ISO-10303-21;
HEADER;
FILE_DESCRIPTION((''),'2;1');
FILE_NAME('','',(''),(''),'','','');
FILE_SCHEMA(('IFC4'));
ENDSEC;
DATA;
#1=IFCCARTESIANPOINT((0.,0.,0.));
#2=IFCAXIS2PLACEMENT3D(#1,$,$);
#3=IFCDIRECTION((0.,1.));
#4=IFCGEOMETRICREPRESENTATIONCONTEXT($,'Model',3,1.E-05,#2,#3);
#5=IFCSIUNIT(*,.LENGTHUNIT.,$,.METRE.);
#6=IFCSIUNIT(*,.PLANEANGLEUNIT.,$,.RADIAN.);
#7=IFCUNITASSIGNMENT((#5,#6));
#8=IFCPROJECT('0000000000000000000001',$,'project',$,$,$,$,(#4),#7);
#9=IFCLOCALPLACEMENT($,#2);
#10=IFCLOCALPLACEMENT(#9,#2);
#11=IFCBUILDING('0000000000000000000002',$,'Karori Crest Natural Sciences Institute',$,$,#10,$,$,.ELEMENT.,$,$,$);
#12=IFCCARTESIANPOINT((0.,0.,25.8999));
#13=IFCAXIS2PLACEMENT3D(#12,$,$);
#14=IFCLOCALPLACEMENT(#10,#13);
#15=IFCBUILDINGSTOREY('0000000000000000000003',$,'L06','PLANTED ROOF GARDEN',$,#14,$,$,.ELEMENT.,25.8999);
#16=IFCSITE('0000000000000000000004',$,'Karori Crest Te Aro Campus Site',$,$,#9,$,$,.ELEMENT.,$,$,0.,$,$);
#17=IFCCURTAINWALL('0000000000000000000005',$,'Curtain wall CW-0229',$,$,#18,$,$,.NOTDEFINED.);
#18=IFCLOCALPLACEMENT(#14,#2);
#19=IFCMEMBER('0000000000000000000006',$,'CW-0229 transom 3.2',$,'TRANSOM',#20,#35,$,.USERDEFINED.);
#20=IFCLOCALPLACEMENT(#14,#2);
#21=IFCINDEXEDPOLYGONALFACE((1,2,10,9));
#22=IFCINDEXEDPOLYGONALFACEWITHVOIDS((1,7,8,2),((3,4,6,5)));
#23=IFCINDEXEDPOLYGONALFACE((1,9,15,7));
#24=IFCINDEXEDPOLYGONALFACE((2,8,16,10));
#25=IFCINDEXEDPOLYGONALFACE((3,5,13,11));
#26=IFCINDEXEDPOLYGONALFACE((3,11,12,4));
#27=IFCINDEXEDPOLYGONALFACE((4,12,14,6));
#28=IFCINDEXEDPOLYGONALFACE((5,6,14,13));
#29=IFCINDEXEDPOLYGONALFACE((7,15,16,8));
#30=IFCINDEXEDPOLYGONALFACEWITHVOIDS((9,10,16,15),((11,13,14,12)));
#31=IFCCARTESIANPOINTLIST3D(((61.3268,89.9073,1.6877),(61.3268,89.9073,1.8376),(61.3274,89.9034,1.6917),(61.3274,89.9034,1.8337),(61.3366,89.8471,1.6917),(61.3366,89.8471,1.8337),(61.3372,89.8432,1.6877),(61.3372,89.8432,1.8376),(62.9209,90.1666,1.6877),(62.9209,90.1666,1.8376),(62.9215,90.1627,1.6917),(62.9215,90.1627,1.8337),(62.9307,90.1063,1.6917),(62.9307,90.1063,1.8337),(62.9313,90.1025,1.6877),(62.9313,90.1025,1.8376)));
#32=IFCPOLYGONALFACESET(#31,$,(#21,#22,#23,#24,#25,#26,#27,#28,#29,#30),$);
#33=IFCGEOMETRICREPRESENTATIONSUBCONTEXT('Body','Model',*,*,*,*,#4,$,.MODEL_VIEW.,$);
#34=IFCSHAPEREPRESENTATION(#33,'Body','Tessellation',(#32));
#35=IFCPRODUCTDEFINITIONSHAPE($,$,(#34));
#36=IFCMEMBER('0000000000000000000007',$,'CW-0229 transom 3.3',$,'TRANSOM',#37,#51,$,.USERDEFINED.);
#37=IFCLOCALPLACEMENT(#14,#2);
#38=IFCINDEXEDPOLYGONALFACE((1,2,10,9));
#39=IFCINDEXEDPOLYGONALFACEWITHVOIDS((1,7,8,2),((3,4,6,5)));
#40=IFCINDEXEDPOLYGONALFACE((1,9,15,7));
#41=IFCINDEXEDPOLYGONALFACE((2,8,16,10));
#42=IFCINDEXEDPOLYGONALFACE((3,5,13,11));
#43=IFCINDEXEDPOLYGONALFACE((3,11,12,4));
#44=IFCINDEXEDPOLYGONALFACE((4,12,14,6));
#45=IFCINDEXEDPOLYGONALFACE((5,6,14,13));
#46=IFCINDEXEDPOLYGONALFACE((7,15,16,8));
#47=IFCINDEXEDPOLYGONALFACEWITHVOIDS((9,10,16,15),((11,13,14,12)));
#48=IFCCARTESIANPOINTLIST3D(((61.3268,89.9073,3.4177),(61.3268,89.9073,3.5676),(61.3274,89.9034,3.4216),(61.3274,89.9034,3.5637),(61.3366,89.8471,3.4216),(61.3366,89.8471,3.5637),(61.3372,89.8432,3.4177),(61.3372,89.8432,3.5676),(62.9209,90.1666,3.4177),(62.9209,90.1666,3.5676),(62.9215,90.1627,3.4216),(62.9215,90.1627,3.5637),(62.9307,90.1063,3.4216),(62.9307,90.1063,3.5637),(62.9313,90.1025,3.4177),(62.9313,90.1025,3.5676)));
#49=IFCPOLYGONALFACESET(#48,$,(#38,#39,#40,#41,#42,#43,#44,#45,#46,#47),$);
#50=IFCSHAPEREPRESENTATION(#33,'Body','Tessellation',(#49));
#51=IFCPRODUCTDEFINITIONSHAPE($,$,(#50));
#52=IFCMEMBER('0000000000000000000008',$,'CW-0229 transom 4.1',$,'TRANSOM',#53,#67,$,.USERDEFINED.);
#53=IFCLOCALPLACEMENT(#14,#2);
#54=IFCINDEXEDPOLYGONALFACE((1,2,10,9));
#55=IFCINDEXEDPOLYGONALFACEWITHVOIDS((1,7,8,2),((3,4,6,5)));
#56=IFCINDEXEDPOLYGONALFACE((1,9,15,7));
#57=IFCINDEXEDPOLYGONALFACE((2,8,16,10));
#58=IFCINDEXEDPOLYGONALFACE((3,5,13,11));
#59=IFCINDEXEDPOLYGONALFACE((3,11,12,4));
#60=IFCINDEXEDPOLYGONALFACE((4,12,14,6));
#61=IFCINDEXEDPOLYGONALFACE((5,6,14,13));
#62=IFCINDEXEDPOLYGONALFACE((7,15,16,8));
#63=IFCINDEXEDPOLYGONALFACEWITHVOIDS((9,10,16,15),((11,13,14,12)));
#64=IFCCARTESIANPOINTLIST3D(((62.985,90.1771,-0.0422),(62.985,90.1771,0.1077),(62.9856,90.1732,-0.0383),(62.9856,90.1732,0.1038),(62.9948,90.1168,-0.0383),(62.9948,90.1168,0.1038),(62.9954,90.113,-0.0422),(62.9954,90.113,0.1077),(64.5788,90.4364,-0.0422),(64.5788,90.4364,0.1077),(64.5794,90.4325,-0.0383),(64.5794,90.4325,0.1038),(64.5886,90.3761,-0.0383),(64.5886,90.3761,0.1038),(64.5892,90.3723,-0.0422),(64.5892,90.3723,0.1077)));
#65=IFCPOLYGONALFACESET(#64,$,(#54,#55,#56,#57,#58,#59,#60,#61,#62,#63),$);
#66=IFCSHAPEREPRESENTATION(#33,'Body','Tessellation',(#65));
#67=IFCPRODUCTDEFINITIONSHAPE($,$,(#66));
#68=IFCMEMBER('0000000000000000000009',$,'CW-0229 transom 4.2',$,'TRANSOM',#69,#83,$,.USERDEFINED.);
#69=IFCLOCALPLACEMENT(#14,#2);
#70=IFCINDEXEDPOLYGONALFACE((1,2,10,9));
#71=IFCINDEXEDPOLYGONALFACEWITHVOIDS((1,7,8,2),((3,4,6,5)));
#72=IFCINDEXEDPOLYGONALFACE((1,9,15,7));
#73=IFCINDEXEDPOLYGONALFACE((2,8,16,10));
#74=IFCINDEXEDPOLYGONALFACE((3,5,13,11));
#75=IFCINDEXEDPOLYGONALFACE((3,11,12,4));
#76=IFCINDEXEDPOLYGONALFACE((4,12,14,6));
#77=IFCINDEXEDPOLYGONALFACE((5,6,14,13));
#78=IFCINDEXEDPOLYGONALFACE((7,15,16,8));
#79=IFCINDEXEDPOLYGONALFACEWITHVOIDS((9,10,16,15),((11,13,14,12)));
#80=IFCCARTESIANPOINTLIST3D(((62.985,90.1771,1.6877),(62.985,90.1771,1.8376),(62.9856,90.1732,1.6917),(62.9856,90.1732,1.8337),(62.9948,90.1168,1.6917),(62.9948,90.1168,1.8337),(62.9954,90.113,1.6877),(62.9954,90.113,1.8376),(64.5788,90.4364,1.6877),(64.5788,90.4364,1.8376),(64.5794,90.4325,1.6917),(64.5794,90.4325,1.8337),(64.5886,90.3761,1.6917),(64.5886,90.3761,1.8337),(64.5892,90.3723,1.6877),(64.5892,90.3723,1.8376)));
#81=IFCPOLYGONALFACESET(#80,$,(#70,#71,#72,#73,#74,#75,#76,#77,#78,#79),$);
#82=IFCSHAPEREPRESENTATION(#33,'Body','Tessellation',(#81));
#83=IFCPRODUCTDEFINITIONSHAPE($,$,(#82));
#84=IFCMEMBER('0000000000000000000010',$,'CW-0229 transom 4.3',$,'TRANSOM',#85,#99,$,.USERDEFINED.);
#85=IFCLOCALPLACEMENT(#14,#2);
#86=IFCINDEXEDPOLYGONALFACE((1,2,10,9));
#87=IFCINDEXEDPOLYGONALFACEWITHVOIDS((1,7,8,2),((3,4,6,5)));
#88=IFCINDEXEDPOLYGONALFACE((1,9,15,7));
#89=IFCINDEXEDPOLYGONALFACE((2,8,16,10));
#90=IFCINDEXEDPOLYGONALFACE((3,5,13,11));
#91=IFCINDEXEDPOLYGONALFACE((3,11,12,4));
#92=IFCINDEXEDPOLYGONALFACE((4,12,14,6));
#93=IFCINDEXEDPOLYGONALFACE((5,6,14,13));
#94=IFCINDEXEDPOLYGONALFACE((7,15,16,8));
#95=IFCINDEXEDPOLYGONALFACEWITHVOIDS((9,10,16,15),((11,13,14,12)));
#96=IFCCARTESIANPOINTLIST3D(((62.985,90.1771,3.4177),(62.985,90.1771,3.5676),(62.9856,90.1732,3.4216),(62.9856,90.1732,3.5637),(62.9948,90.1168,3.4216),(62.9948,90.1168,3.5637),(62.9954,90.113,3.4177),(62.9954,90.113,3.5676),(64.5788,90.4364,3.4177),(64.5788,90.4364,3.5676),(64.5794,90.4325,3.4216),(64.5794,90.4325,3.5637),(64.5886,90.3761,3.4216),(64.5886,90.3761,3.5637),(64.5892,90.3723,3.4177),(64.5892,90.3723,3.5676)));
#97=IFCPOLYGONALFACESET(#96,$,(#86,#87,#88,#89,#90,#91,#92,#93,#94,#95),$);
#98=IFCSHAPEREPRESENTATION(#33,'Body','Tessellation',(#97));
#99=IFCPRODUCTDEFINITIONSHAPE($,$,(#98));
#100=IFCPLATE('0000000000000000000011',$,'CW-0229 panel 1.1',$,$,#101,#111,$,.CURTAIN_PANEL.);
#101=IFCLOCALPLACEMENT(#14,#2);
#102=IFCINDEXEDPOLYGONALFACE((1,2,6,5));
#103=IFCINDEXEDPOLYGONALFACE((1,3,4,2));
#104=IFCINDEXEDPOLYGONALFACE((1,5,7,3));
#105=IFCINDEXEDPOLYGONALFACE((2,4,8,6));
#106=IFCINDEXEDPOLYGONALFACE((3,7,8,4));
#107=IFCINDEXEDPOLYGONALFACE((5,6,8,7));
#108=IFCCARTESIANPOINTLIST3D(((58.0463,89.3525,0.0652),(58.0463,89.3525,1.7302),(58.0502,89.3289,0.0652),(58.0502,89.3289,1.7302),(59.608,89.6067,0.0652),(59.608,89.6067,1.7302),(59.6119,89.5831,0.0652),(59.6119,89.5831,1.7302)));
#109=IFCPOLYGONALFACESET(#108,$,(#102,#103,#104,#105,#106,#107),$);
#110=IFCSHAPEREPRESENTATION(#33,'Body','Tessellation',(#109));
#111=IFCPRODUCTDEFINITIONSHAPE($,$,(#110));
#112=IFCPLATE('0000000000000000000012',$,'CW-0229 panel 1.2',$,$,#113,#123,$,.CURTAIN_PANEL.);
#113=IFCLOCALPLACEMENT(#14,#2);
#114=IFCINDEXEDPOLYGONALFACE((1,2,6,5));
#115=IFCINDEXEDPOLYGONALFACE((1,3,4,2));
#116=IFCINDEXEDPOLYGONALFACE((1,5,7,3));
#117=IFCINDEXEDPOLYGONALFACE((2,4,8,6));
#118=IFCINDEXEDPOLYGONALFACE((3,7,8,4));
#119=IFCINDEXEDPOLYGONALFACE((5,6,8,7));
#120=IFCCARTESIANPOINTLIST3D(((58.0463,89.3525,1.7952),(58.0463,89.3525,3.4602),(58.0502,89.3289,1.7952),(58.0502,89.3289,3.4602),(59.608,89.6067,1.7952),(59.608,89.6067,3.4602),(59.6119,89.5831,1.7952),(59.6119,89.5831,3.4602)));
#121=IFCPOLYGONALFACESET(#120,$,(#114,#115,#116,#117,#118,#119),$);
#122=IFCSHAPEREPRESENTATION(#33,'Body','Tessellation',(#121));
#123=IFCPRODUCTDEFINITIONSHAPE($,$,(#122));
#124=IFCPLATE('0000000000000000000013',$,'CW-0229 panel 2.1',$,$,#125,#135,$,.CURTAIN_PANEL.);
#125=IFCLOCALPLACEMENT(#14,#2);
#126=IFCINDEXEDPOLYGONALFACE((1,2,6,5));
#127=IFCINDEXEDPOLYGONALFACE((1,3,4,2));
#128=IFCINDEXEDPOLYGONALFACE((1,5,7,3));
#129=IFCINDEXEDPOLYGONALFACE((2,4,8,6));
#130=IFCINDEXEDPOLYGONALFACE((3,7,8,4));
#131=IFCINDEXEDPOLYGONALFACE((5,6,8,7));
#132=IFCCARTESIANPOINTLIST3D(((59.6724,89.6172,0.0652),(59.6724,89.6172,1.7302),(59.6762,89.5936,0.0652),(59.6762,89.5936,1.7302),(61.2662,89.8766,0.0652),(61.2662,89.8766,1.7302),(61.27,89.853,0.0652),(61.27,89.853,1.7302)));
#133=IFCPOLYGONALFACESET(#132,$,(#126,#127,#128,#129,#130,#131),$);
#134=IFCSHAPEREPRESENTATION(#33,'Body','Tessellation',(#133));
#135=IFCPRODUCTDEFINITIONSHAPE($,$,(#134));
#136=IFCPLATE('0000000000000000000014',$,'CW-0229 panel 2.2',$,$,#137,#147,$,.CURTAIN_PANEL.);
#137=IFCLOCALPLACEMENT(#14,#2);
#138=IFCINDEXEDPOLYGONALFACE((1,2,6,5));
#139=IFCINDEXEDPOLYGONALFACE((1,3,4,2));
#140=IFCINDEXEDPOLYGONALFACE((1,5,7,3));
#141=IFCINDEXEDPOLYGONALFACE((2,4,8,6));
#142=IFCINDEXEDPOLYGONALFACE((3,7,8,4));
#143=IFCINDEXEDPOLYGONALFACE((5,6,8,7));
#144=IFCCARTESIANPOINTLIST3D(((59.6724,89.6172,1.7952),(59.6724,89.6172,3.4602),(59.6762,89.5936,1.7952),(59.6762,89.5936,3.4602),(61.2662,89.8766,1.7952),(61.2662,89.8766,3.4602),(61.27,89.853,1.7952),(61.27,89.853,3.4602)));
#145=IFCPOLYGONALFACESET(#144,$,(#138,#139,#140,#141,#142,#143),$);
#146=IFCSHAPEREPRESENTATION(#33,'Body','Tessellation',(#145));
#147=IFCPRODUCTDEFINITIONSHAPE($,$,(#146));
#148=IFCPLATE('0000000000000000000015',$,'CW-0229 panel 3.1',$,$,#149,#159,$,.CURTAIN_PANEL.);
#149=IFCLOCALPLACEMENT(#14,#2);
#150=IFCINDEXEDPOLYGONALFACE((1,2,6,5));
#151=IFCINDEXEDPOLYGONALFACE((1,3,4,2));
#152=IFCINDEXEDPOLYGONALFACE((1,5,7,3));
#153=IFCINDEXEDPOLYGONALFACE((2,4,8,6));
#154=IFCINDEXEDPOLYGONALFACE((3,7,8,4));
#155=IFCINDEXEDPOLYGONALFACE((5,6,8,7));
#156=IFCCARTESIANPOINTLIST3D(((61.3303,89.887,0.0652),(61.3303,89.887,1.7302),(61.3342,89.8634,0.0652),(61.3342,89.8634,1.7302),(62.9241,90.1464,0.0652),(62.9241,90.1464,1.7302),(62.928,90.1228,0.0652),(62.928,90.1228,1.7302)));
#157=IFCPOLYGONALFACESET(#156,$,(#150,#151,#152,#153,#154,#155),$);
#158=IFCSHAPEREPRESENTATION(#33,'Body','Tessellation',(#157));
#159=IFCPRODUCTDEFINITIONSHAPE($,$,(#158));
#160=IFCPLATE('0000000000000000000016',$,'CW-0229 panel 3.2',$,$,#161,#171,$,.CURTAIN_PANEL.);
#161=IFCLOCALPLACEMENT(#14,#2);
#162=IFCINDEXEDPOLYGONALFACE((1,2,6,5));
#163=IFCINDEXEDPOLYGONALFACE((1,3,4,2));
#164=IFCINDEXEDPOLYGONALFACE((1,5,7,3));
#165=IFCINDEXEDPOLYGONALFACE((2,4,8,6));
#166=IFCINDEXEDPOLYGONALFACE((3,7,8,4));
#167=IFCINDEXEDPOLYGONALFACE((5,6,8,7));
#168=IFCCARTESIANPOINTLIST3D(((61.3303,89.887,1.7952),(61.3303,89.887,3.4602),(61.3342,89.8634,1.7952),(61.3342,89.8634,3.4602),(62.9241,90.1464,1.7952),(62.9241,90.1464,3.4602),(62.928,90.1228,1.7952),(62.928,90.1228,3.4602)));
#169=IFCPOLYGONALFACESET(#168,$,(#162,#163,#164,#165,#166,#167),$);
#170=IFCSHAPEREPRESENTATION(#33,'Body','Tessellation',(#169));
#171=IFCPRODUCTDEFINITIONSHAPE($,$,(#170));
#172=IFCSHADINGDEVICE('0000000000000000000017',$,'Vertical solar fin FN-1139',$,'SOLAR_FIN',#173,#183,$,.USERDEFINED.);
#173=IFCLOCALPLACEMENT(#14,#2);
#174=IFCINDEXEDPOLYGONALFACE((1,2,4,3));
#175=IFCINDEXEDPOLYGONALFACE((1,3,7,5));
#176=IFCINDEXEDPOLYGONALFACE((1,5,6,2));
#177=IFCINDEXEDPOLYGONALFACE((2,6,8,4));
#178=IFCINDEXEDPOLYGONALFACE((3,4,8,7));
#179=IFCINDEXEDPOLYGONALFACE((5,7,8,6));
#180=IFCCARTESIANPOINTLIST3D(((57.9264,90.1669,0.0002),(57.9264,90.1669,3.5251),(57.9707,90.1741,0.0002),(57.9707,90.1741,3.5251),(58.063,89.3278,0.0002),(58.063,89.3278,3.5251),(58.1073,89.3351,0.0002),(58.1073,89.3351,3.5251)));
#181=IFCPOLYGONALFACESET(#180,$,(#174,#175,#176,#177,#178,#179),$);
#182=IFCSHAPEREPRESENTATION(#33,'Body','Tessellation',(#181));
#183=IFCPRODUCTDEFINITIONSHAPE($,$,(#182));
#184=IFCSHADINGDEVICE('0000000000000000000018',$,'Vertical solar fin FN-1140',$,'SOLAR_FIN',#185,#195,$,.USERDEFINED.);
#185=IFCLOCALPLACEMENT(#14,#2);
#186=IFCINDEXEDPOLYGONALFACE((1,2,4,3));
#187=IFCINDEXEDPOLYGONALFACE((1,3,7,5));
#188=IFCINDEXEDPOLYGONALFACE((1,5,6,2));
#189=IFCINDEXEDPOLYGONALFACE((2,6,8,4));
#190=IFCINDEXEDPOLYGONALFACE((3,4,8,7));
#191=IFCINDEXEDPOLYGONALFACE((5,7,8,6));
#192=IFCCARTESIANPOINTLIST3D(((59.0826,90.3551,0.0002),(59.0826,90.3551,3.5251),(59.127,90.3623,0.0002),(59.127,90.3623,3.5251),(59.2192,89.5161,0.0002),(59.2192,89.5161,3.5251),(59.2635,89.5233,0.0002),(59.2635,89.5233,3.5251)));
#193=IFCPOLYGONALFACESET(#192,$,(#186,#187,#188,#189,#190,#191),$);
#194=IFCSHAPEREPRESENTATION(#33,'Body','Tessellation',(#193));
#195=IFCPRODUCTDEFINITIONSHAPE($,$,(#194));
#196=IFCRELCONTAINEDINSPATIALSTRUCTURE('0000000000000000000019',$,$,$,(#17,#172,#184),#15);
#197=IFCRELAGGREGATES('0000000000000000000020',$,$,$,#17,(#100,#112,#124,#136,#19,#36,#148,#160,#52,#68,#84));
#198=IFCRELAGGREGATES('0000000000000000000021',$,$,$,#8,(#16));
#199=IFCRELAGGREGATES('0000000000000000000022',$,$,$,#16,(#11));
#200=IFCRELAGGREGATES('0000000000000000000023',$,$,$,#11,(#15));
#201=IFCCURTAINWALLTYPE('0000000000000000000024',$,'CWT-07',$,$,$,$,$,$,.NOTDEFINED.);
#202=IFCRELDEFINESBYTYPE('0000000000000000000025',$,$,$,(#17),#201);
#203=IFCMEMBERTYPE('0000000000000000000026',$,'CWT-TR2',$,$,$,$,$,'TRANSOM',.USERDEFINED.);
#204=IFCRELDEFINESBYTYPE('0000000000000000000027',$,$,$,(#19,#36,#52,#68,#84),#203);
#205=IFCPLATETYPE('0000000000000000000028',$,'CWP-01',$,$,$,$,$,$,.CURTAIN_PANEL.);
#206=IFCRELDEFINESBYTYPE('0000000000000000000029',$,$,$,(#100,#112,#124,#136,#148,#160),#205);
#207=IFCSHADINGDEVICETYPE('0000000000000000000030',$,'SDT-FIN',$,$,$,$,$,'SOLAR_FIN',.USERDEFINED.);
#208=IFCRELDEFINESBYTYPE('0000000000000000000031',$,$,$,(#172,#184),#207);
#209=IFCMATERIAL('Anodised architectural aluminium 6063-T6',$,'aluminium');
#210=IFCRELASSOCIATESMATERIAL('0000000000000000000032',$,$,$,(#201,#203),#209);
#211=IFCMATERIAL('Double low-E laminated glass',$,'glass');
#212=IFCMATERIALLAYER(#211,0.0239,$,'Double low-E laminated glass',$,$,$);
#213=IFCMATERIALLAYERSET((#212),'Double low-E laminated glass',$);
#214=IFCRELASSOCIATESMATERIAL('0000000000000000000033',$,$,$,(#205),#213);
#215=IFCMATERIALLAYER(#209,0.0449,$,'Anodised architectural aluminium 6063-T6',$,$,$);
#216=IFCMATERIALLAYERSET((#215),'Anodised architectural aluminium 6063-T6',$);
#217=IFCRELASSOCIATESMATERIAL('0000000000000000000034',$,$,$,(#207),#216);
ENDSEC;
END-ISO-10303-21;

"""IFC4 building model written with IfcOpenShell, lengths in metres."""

from ifc_helpers import new_model, si_unit, direction, frame, origin, origin_2d, place, context, subcontext, project, spatial, rectangle, hollow_rectangle, extrude, material, layer, layer_set, material_profile, profile_set, type_object, element, aggregate, save


model = new_model("IFC4")

# Units and contexts
model_context = context("Model", 3, precision=1e-05, world=origin(), true_north=direction((0.0, 1.0)))
body_context = subcontext(model_context, "Body", "Model", "MODEL_VIEW")
ifc_project = project(units=[si_unit("LENGTHUNIT", "METRE"), si_unit("PLANEANGLEUNIT", "RADIAN")], contexts=[model_context])

# Site, building, storey
site_placement = place(None, origin())
site = spatial("IfcSite", under=ifc_project, at=site_placement, Name="Karori Crest Te Aro Campus Site", CompositionType="ELEMENT", RefElevation=0.0)
building_placement = place(site_placement, origin())
building = spatial("IfcBuilding", under=site, at=building_placement, Name="Karori Crest Natural Sciences Institute", CompositionType="ELEMENT")
storey_placement = place(building_placement, frame((0.0, 0.0, 25.8999)))
storey = spatial("IfcBuildingStorey", under=building, at=storey_placement, Name="L06", Description="PLANTED ROOF GARDEN", CompositionType="ELEMENT", Elevation=25.8999)

# Curtain wall, members, plates
ifc_material_1 = material(Name="Anodised architectural aluminium 6063-T6", Category="aluminium")
curtain_wall_type = type_object("IfcCurtainWallType", Name="CWT-07", PredefinedType="NOTDEFINED", material=ifc_material_1)
curtain_wall_placement = place(storey_placement, origin())
curtain_wall = element("IfcCurtainWall", 1, at=curtain_wall_placement, inside=storey, type_object=curtain_wall_type, Name="Curtain wall CW-0229", PredefinedType="NOTDEFINED")
ifc_material_profile_1 = material_profile(ifc_material_1, hollow_rectangle(XDim=0.0649, YDim=0.1499, WallThickness=0.0039, at=origin_2d()), Name="CWT150x65x4")
ifc_profile_set_1 = profile_set([ifc_material_profile_1], Name="Anodised architectural aluminium 6063-T6")
member_type_1 = type_object("IfcMemberType", Name="CWT-TR2", ElementType="TRANSOM", PredefinedType="USERDEFINED", material=ifc_profile_set_1)
member_1_placement = place(storey_placement, frame((61.332, 89.8752, 1.7627), z_axis=(0.987028, 0.160549, 0.0), x_axis=(-0.160549, 0.987028, 0.0)))
member_1 = element("IfcMember", 2, at=member_1_placement, type_object=member_type_1, Name="CW-0229 transom 3.2", ObjectType="TRANSOM", PredefinedType="USERDEFINED", context=body_context, shape_type="SweptSolid", body=[
    extrude(hollow_rectangle(XDim=0.0649, YDim=0.1499, WallThickness=0.0039, at=origin_2d()), origin(), (0.0, 0.0, 1.0), 1.615),
])
member_2_placement = place(storey_placement, frame((61.332, 89.8752, 3.4927), z_axis=(0.987028, 0.160549, 0.0), x_axis=(-0.160549, 0.987028, 0.0)))
member_2 = element("IfcMember", 3, at=member_2_placement, type_object=member_type_1, Name="CW-0229 transom 3.3", ObjectType="TRANSOM", PredefinedType="USERDEFINED", context=body_context, shape_type="SweptSolid", body=[
    extrude(hollow_rectangle(XDim=0.0649, YDim=0.1499, WallThickness=0.0039, at=origin_2d()), origin(), (0.0, 0.0, 1.0), 1.615),
])
member_3_placement = place(storey_placement, frame((62.9902, 90.145, 0.0327), z_axis=(0.987024, 0.160573, 0.0), x_axis=(-0.160573, 0.987024, 0.0)))
member_3 = element("IfcMember", 4, at=member_3_placement, type_object=member_type_1, Name="CW-0229 transom 4.1", ObjectType="TRANSOM", PredefinedType="USERDEFINED", context=body_context, shape_type="SweptSolid", body=[
    extrude(hollow_rectangle(XDim=0.0649, YDim=0.1499, WallThickness=0.0039, at=origin_2d()), origin(), (0.0, 0.0, 1.0), 1.6147),
])
member_4_placement = place(storey_placement, frame((62.9902, 90.145, 1.7627), z_axis=(0.987024, 0.160573, 0.0), x_axis=(-0.160573, 0.987024, 0.0)))
member_4 = element("IfcMember", 5, at=member_4_placement, type_object=member_type_1, Name="CW-0229 transom 4.2", ObjectType="TRANSOM", PredefinedType="USERDEFINED", context=body_context, shape_type="SweptSolid", body=[
    extrude(hollow_rectangle(XDim=0.0649, YDim=0.1499, WallThickness=0.0039, at=origin_2d()), origin(), (0.0, 0.0, 1.0), 1.6147),
])
member_5_placement = place(storey_placement, frame((62.9902, 90.145, 3.4927), z_axis=(0.987024, 0.160573, 0.0), x_axis=(-0.160573, 0.987024, 0.0)))
member_5 = element("IfcMember", 6, at=member_5_placement, type_object=member_type_1, Name="CW-0229 transom 4.3", ObjectType="TRANSOM", PredefinedType="USERDEFINED", context=body_context, shape_type="SweptSolid", body=[
    extrude(hollow_rectangle(XDim=0.0649, YDim=0.1499, WallThickness=0.0039, at=origin_2d()), origin(), (0.0, 0.0, 1.0), 1.6147),
])
ifc_material_2 = material(Name="Double low-E laminated glass", Category="glass")
ifc_layer_1 = layer(ifc_material_2, 0.0239, Name="Double low-E laminated glass")
ifc_layer_set_1 = layer_set([ifc_layer_1], Name="Double low-E laminated glass")
plate_type = type_object("IfcPlateType", Name="CWP-01", PredefinedType="CURTAIN_PANEL", material=ifc_layer_set_1)
plate_1_placement = place(storey_placement, frame((58.8291, 89.4678, 0.0652), z_axis=(0.0, 0.0, 1.0), x_axis=(0.987011, 0.16065, 0.0)))
plate_1 = element("IfcPlate", 7, at=plate_1_placement, type_object=plate_type, Name="CW-0229 panel 1.1", PredefinedType="CURTAIN_PANEL", context=body_context, shape_type="SweptSolid", body=[
    extrude(rectangle(XDim=1.5823, YDim=0.0239, at=origin_2d()), origin(), (0.0, 0.0, 1.0), 1.665),
])
plate_2_placement = place(storey_placement, frame((58.8291, 89.4678, 1.7952), z_axis=(0.0, 0.0, 1.0), x_axis=(0.987011, 0.16065, 0.0)))
plate_2 = element("IfcPlate", 8, at=plate_2_placement, type_object=plate_type, Name="CW-0229 panel 1.2", PredefinedType="CURTAIN_PANEL", context=body_context, shape_type="SweptSolid", body=[
    extrude(rectangle(XDim=1.5823, YDim=0.0239, at=origin_2d()), origin(), (0.0, 0.0, 1.0), 1.665),
])
plate_3_placement = place(storey_placement, frame((60.4712, 89.7351, 0.0652), z_axis=(0.0, 0.0, 1.0), x_axis=(0.987011, 0.16065, 0.0)))
plate_3 = element("IfcPlate", 9, at=plate_3_placement, type_object=plate_type, Name="CW-0229 panel 2.1", PredefinedType="CURTAIN_PANEL", context=body_context, shape_type="SweptSolid", body=[
    extrude(rectangle(XDim=1.6147, YDim=0.0239, at=origin_2d()), origin(), (0.0, 0.0, 1.0), 1.665),
])
plate_4_placement = place(storey_placement, frame((60.4712, 89.7351, 1.7952), z_axis=(0.0, 0.0, 1.0), x_axis=(0.987011, 0.16065, 0.0)))
plate_4 = element("IfcPlate", 10, at=plate_4_placement, type_object=plate_type, Name="CW-0229 panel 2.2", PredefinedType="CURTAIN_PANEL", context=body_context, shape_type="SweptSolid", body=[
    extrude(rectangle(XDim=1.6147, YDim=0.0239, at=origin_2d()), origin(), (0.0, 0.0, 1.0), 1.665),
])
plate_5_placement = place(storey_placement, frame((62.1292, 90.0049, 0.0652), z_axis=(0.0, 0.0, 1.0), x_axis=(0.987011, 0.16065, 0.0)))
plate_5 = element("IfcPlate", 11, at=plate_5_placement, type_object=plate_type, Name="CW-0229 panel 3.1", PredefinedType="CURTAIN_PANEL", context=body_context, shape_type="SweptSolid", body=[
    extrude(rectangle(XDim=1.6147, YDim=0.0239, at=origin_2d()), origin(), (0.0, 0.0, 1.0), 1.665),
])
plate_6_placement = place(storey_placement, frame((62.1292, 90.0049, 1.7952), z_axis=(0.0, 0.0, 1.0), x_axis=(0.987011, 0.16065, 0.0)))
plate_6 = element("IfcPlate", 12, at=plate_6_placement, type_object=plate_type, Name="CW-0229 panel 3.2", PredefinedType="CURTAIN_PANEL", context=body_context, shape_type="SweptSolid", body=[
    extrude(rectangle(XDim=1.6147, YDim=0.0239, at=origin_2d()), origin(), (0.0, 0.0, 1.0), 1.665),
])
aggregate(curtain_wall, [plate_1, plate_2, plate_3, plate_4, member_1, member_2, plate_5, plate_6, member_3, member_4, member_5])

# Shading devices
ifc_layer_2 = layer(ifc_material_1, 0.0449, Name="Anodised architectural aluminium 6063-T6")
ifc_layer_set_2 = layer_set([ifc_layer_2], Name="Anodised architectural aluminium 6063-T6")
shading_device_type = type_object("IfcShadingDeviceType", Name="SDT-FIN", ElementType="SOLAR_FIN", PredefinedType="USERDEFINED", material=ifc_layer_set_2)
for number, where, z_axis, x_axis, name in (
    (13, (58.0168, 89.751, 0.0002), (0.0, 0.0, 1.0), (-0.16065, 0.987012, 0.0), "Vertical solar fin FN-1139"),
    (14, (59.1731, 89.9392, 0.0002), (0.0, 0.0, 1.0), (-0.16065, 0.987012, 0.0), "Vertical solar fin FN-1140"),
):
    element("IfcShadingDevice", number, at=place(storey_placement, frame(where, z_axis=z_axis, x_axis=x_axis)), inside=storey, type_object=shading_device_type, Name=name, ObjectType="SOLAR_FIN", PredefinedType="USERDEFINED", context=body_context, shape_type="SweptSolid", body=[
        extrude(rectangle(XDim=0.8501, YDim=0.0449, at=origin_2d()), origin(), (0.0, 0.0, 1.0), 3.5249),
    ])

save(model, "model.ifc")
